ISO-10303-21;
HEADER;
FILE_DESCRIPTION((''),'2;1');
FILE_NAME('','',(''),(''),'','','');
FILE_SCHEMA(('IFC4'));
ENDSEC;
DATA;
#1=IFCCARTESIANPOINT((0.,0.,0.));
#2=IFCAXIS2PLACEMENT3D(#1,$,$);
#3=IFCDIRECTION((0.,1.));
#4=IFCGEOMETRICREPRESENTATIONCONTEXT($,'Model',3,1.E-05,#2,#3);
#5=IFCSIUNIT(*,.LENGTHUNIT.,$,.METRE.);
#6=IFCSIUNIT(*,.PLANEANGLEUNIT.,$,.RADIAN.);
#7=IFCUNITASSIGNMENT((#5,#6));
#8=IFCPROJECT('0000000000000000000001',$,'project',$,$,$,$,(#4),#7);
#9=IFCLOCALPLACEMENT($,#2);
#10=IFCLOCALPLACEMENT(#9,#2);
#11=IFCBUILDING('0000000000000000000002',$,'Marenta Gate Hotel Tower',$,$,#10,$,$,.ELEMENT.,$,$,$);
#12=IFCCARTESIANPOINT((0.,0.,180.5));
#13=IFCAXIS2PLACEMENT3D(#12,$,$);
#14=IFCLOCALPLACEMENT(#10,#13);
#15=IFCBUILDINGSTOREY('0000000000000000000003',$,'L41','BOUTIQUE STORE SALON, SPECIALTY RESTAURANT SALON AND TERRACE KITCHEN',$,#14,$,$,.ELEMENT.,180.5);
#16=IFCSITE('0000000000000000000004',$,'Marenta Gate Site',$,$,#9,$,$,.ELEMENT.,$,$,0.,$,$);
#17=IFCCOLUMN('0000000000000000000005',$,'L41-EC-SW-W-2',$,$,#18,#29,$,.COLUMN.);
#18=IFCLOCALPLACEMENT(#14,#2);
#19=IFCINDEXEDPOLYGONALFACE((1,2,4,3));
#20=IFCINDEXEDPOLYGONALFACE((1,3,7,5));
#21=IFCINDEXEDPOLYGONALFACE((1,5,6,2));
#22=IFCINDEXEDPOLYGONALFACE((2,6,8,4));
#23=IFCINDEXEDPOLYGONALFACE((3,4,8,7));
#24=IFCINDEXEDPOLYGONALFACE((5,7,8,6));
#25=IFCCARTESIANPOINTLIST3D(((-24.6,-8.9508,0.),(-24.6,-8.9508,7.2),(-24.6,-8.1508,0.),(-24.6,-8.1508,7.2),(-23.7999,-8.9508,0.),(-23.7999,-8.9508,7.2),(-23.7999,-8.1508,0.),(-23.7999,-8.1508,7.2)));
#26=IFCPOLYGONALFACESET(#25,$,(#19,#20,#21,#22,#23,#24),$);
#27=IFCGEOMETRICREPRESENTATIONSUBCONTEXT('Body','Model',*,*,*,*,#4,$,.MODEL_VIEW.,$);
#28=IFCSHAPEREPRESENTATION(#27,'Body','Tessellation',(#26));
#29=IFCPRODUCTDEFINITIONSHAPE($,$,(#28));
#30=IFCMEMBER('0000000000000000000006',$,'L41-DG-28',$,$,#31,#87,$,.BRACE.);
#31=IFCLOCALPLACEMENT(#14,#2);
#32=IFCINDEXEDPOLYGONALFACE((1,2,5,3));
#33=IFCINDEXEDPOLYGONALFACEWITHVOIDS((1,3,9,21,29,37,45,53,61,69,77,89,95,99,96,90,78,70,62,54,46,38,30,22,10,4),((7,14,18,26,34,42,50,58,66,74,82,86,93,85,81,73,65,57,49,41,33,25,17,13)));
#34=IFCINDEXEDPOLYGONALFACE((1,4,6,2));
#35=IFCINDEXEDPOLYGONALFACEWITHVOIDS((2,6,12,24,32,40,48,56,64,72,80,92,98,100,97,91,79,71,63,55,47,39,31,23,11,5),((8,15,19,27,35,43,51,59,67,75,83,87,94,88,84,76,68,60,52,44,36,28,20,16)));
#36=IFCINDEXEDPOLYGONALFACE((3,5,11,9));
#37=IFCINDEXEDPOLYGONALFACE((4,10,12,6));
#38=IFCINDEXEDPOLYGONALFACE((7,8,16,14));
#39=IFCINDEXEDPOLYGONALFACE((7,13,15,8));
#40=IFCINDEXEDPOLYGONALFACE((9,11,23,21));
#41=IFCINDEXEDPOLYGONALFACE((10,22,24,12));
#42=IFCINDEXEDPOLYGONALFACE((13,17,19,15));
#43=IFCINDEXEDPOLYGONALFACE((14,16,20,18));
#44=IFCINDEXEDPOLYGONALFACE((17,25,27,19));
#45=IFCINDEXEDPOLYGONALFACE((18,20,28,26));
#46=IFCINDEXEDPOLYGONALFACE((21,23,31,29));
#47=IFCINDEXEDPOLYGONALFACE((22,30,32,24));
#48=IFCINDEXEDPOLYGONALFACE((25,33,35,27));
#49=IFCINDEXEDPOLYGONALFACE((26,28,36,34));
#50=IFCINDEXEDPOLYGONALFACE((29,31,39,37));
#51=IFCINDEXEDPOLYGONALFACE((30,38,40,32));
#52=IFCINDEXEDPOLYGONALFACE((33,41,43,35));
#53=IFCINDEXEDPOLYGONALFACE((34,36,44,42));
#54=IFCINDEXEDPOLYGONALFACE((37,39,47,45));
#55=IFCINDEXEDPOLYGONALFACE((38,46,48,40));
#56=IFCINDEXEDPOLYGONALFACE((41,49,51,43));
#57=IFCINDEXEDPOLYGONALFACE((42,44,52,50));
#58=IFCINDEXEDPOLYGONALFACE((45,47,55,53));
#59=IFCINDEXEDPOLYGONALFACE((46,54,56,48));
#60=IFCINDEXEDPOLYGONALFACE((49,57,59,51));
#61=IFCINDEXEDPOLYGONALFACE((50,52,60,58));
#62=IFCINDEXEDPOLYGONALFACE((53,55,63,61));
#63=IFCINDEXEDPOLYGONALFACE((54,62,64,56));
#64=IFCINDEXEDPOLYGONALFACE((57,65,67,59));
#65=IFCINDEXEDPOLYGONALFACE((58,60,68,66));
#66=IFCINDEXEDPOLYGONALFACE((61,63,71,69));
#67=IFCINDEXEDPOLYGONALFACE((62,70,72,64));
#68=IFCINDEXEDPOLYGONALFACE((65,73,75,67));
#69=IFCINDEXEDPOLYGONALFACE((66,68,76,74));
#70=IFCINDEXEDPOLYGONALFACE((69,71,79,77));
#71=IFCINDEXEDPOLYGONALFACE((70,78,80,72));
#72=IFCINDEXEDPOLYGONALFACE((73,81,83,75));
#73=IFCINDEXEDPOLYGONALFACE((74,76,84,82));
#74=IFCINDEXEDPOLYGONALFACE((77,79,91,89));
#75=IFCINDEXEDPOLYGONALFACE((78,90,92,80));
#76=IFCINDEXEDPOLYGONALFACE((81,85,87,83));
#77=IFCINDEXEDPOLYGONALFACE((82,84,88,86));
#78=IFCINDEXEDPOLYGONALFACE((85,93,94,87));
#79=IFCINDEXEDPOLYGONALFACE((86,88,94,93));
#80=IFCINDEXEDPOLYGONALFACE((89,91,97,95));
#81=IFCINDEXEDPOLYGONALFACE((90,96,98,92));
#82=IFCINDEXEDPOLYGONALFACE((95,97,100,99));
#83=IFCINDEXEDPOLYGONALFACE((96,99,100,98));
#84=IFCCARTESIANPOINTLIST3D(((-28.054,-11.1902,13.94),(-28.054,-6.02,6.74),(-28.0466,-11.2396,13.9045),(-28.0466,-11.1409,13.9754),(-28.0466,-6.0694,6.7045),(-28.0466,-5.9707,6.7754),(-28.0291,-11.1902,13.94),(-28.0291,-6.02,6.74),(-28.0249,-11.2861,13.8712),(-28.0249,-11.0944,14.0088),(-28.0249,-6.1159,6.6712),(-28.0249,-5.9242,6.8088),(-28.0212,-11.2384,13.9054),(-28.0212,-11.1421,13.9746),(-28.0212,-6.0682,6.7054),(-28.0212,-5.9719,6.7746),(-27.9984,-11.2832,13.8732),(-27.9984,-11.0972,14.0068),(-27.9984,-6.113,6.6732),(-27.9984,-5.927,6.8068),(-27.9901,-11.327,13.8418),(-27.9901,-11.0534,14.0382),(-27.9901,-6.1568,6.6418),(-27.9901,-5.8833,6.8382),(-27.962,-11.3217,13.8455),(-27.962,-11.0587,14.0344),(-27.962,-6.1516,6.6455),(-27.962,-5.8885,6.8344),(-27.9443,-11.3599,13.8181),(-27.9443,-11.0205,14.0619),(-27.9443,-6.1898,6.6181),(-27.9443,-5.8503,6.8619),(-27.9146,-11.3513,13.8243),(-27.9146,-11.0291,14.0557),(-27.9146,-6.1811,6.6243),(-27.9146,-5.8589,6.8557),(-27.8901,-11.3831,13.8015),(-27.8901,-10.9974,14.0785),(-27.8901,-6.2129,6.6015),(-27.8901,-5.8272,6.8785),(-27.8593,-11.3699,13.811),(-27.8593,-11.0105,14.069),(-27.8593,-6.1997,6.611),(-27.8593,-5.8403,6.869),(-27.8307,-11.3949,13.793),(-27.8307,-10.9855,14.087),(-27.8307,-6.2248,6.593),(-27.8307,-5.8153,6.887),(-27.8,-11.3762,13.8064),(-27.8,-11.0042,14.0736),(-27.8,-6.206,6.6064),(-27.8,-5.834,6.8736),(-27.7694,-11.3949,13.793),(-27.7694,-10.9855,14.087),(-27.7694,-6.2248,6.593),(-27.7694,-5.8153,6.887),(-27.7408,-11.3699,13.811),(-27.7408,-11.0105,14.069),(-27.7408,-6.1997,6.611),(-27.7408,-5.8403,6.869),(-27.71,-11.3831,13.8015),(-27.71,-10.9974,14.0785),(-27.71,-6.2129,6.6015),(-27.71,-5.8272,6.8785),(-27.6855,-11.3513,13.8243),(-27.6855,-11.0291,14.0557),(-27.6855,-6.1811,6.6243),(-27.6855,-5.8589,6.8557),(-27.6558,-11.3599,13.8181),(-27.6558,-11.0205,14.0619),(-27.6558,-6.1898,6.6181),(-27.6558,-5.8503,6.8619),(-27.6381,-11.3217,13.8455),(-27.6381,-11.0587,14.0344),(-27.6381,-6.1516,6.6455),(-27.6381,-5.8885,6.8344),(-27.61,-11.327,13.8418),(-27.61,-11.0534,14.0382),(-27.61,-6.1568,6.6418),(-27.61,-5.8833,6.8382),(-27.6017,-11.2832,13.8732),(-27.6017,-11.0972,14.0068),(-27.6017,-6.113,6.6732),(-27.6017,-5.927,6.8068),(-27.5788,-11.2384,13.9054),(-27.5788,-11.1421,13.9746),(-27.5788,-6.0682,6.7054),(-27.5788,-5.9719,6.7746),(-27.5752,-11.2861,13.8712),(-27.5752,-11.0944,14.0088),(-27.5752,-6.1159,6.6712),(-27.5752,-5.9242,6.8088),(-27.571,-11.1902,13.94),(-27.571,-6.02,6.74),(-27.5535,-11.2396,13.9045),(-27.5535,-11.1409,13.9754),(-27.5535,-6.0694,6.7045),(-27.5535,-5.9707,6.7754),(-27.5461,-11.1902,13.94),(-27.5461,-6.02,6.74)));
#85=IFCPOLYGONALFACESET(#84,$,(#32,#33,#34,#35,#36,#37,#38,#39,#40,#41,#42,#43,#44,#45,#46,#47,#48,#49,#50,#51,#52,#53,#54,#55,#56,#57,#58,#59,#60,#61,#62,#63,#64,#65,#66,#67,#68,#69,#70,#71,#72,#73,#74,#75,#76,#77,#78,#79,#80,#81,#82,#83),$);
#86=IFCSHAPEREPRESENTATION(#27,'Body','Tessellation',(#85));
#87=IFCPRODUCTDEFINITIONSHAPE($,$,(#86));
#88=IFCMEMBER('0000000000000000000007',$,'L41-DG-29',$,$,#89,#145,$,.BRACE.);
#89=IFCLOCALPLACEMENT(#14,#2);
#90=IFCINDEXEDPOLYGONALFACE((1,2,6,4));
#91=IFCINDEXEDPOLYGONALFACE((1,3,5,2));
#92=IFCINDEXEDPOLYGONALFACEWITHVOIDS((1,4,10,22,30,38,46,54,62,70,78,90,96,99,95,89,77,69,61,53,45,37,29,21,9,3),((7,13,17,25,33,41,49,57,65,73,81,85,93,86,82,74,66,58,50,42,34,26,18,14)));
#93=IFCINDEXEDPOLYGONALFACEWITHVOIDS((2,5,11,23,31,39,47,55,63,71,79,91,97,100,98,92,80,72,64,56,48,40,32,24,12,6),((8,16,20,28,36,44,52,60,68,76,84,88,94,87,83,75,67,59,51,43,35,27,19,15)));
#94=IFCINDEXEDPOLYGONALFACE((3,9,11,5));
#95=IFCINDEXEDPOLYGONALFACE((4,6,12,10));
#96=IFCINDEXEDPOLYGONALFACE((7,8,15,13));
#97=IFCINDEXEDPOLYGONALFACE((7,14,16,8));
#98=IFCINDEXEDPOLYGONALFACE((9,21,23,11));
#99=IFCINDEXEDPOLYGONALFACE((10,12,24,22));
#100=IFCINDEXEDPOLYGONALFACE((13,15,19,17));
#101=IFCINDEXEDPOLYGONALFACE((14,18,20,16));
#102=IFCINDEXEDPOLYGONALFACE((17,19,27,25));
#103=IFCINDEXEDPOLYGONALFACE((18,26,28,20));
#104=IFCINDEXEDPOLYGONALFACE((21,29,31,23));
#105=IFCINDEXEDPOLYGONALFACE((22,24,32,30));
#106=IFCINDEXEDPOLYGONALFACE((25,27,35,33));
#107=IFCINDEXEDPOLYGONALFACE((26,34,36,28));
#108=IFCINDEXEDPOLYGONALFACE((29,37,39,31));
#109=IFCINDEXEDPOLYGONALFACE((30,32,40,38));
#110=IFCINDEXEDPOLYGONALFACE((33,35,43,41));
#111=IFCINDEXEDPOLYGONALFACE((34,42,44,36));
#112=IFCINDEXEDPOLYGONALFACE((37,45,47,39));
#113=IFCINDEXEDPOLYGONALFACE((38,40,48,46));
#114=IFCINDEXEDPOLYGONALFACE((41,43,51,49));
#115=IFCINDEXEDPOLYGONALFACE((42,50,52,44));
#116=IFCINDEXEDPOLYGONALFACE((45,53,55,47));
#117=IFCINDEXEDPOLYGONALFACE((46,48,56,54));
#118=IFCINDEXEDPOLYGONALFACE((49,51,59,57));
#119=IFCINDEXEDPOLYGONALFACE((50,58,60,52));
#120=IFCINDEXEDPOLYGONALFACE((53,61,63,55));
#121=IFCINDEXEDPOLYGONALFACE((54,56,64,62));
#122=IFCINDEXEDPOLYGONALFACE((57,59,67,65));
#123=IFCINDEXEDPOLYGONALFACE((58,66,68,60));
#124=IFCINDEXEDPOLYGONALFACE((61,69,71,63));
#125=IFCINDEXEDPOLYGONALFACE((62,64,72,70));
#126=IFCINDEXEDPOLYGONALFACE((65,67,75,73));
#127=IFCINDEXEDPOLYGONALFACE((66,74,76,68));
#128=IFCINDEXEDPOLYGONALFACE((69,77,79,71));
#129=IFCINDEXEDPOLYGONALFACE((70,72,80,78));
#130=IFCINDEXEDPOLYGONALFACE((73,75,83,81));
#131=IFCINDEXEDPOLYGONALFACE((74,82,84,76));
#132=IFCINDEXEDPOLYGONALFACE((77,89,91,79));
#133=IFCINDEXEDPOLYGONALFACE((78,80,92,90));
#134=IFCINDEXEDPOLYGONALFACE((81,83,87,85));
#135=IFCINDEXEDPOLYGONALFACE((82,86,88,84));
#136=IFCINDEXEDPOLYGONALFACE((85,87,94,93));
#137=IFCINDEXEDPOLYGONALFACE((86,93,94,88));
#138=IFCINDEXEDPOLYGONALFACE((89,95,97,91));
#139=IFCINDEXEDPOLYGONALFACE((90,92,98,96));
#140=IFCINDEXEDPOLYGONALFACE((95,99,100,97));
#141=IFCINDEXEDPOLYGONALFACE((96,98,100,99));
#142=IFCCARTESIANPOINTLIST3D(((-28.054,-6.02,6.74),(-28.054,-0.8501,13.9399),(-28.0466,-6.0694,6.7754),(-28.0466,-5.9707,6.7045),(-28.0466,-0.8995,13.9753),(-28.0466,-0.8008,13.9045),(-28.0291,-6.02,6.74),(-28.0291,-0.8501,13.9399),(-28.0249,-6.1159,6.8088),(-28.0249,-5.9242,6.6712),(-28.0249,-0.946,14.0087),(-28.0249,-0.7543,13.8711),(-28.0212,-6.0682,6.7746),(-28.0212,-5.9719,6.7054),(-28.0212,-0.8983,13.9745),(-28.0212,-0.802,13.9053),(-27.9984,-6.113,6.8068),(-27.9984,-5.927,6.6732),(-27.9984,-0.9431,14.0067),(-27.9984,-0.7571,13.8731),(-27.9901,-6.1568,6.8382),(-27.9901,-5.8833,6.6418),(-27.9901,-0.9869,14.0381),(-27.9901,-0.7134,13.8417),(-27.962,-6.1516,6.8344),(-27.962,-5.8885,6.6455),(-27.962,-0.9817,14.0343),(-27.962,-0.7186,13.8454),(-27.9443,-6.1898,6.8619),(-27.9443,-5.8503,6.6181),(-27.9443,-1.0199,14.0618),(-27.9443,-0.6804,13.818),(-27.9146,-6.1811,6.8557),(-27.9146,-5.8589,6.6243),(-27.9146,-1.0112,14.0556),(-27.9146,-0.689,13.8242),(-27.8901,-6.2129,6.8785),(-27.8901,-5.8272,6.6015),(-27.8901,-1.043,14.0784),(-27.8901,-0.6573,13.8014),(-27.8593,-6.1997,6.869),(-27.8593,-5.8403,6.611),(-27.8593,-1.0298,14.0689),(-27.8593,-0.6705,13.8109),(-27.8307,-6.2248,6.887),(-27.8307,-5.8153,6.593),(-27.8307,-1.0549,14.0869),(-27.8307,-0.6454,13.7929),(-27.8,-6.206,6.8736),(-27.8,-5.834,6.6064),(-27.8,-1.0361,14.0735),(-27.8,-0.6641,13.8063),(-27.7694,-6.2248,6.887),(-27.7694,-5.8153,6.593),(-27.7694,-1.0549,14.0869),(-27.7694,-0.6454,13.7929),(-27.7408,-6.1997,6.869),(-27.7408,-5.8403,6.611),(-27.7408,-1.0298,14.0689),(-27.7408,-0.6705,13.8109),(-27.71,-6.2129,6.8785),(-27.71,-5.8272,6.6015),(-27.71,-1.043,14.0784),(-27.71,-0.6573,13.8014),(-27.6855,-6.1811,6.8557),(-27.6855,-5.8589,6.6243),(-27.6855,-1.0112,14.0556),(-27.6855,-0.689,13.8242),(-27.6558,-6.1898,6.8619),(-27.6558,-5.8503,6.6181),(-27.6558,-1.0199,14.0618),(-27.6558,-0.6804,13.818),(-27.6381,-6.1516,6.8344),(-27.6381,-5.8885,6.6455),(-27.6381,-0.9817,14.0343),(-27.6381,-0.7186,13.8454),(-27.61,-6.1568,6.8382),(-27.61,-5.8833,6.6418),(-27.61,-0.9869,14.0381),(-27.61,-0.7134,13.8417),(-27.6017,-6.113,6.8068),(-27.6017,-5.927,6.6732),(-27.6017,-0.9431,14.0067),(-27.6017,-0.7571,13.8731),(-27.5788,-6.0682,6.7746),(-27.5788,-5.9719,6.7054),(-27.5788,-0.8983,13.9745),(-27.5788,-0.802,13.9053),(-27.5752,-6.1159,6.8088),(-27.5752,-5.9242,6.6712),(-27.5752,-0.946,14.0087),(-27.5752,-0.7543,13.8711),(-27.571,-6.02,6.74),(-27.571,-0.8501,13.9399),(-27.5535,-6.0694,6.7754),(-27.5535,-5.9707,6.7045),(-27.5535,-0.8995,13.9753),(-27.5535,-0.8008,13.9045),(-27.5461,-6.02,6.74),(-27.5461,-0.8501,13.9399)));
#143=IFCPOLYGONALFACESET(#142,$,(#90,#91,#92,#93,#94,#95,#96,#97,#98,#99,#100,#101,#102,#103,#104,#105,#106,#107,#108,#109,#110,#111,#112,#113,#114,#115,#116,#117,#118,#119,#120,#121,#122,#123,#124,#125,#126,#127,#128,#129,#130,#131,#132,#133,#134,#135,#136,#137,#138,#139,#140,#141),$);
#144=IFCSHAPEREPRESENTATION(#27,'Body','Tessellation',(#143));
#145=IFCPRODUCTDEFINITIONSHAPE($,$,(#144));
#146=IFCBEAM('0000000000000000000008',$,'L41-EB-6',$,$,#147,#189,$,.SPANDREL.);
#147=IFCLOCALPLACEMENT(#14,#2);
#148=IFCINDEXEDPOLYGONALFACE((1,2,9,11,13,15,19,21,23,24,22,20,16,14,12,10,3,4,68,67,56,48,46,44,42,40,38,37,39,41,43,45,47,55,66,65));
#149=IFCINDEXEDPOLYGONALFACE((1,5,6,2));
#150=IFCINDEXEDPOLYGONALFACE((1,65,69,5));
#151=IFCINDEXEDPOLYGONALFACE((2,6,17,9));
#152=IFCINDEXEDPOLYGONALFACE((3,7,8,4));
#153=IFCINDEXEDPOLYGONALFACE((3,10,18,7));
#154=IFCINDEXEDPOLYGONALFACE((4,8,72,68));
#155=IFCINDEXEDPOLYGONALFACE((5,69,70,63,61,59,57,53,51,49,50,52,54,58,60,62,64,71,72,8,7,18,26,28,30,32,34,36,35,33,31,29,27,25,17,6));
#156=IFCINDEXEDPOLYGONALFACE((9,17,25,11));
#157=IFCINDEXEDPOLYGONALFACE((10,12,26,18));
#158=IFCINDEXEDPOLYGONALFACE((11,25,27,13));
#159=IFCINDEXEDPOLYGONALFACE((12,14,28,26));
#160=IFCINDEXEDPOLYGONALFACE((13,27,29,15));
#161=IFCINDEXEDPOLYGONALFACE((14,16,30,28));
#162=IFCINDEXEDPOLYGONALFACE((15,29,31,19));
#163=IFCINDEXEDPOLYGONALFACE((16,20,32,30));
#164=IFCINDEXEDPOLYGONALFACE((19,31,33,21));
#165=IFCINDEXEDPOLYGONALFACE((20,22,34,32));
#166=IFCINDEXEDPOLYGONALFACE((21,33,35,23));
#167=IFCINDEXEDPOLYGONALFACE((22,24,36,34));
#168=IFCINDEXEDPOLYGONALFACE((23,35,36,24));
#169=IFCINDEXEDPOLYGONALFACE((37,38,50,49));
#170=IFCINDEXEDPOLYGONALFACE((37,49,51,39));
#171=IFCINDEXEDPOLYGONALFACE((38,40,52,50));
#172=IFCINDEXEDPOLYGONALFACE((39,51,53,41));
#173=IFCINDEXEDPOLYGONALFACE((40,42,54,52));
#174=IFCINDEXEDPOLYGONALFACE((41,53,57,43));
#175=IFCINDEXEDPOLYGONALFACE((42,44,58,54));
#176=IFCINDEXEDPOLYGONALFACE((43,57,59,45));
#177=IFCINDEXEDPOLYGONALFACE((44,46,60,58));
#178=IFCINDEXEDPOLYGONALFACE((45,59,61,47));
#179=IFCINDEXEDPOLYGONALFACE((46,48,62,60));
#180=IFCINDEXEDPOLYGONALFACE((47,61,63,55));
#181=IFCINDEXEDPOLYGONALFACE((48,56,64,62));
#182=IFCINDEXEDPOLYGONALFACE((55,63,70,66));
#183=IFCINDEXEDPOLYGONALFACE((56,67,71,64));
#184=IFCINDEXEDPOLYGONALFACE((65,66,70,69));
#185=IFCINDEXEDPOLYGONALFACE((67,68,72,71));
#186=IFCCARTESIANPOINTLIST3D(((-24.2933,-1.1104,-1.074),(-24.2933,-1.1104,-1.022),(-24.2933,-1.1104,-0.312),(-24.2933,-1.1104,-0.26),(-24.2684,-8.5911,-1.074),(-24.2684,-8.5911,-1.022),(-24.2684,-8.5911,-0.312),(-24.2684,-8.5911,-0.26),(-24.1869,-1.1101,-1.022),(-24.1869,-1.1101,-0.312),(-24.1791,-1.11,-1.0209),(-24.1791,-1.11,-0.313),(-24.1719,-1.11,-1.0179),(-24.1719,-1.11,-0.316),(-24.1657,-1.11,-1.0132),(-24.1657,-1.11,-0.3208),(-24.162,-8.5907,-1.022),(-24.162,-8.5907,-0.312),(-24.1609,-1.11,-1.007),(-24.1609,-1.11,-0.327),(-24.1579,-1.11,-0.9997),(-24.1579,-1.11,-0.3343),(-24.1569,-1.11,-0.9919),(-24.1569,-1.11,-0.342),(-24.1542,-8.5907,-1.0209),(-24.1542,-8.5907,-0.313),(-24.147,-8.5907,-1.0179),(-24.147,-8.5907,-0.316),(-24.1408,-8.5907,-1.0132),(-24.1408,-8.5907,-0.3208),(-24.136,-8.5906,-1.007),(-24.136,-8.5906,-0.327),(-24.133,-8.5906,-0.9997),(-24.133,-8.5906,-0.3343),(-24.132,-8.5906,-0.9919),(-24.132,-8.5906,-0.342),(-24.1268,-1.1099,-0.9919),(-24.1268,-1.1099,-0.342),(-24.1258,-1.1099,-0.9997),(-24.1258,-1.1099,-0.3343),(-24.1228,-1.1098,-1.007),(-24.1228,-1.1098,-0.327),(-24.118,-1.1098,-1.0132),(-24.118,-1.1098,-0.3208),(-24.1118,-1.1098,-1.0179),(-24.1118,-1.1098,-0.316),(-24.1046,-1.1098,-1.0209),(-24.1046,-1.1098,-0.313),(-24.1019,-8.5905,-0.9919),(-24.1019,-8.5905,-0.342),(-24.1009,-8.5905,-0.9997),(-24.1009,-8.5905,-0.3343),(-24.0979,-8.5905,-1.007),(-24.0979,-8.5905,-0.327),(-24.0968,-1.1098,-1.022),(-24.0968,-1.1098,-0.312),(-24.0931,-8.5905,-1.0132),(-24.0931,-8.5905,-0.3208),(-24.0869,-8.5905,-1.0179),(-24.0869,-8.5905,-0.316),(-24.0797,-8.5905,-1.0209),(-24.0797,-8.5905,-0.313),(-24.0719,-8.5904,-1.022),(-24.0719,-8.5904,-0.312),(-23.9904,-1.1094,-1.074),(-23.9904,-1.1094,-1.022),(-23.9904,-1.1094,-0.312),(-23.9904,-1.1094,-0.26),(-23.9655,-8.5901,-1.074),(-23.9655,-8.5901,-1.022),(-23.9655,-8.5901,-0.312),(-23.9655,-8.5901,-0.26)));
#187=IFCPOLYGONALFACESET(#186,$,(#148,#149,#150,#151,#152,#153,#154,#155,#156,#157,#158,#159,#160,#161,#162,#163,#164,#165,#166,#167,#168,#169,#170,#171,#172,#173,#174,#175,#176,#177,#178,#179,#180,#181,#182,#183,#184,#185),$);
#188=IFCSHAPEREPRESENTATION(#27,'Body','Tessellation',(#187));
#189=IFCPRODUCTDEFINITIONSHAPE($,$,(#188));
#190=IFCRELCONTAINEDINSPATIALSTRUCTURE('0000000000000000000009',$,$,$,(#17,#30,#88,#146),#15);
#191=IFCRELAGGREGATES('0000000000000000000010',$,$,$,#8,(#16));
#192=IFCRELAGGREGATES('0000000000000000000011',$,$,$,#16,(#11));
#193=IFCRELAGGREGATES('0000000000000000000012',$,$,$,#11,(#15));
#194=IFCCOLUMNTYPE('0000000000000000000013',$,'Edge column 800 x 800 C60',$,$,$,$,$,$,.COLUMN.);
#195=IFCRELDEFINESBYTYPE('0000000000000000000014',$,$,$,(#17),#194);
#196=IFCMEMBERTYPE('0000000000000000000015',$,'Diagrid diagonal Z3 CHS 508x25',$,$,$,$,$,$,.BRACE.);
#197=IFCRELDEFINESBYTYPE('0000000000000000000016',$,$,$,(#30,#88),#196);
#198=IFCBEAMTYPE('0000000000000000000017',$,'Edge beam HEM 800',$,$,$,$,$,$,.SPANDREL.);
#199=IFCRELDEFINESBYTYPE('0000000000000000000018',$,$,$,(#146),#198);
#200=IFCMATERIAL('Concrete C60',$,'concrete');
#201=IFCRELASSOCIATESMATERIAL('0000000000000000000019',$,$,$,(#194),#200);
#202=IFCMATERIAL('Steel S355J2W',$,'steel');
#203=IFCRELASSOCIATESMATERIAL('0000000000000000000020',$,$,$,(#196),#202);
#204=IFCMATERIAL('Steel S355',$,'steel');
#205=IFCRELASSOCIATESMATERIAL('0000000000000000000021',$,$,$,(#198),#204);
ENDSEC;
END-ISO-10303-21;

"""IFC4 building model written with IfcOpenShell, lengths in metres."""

from ifc_helpers import new_model, si_unit, direction, frame, origin, origin_2d, place, context, subcontext, project, spatial, rectangle, hollow_circle, i_section, extrude, material, material_profile, profile_set, type_object, element, save


model = new_model("IFC4")

# Units and contexts
model_context = context("Model", 3, precision=1e-05, world=origin(), true_north=direction((0.0, 1.0)))
body_context = subcontext(model_context, "Body", "Model", "MODEL_VIEW")
ifc_project = project(units=[si_unit("LENGTHUNIT", "METRE"), si_unit("PLANEANGLEUNIT", "RADIAN")], contexts=[model_context])

# Site, building, storey
site_placement = place(None, origin())
site = spatial("IfcSite", under=ifc_project, at=site_placement, Name="Marenta Gate Site", CompositionType="ELEMENT", RefElevation=0.0)
building_placement = place(site_placement, origin())
building = spatial("IfcBuilding", under=site, at=building_placement, Name="Marenta Gate Hotel Tower", CompositionType="ELEMENT")
storey_placement = place(building_placement, frame((0.0, 0.0, 180.5)))
storey = spatial("IfcBuildingStorey", under=building, at=storey_placement, Name="L41", Description="BOUTIQUE STORE SALON, SPECIALTY RESTAURANT SALON AND TERRACE KITCHEN", CompositionType="ELEMENT", Elevation=180.5)

# Column
ifc_material_1 = material(Name="Concrete C60", Category="concrete")
ifc_material_profile_1 = material_profile(ifc_material_1, rectangle(XDim=0.8, YDim=0.8, at=origin_2d()), Name="800 x 800")
ifc_profile_set_1 = profile_set([ifc_material_profile_1], Name="Concrete C60")
column_type = type_object("IfcColumnType", Name="Edge column 800 x 800 C60", PredefinedType="COLUMN", material=ifc_profile_set_1)
column_placement = place(storey_placement, frame((-24.2, -8.5508, 0.0), z_axis=(0.0, 0.0, 1.0), x_axis=(1.0, 0.0, 0.0)))
element("IfcColumn", 1, at=column_placement, inside=storey, type_object=column_type, Name="L41-EC-SW-W-2", PredefinedType="COLUMN", context=body_context, shape_type="SweptSolid", body=[
    extrude(rectangle(XDim=0.8, YDim=0.8, at=origin_2d()), origin(), (0.0, 0.0, 1.0), 7.2),
])

# Members
ifc_material_2 = material(Name="Steel S355J2W", Category="steel")
ifc_material_profile_2 = material_profile(ifc_material_2, hollow_circle(Radius=0.2539, WallThickness=0.0249, at=origin_2d()), Name="CHS 508x25")
ifc_profile_set_2 = profile_set([ifc_material_profile_2], Name="Steel S355J2W")
member_type_1 = type_object("IfcMemberType", Name="Diagrid diagonal Z3 CHS 508x25", PredefinedType="BRACE", material=ifc_profile_set_2)
member_1_placement = place(storey_placement, frame((-27.8, -6.02, 6.74), z_axis=(0.0, -0.583279, 0.812272), x_axis=(1.0, 0.0, 0.0)))
element("IfcMember", 2, at=member_1_placement, inside=storey, type_object=member_type_1, Name="L41-DG-28", PredefinedType="BRACE", context=body_context, shape_type="SweptSolid", body=[
    extrude(hollow_circle(Radius=0.2539, WallThickness=0.0249, at=origin_2d()), origin(), (0.0, 0.0, 1.0), 8.864),
])
member_2_placement = place(storey_placement, frame((-27.8, -6.02, 6.74), z_axis=(0.0, 0.583261, 0.812285), x_axis=(-1.0, 0.0, 0.0)))
element("IfcMember", 3, at=member_2_placement, inside=storey, type_object=member_type_1, Name="L41-DG-29", PredefinedType="BRACE", context=body_context, shape_type="SweptSolid", body=[
    extrude(hollow_circle(Radius=0.2539, WallThickness=0.0249, at=origin_2d()), origin(), (0.0, 0.0, 1.0), 8.8638),
])

# Beam
ifc_material_3 = material(Name="Steel S355", Category="steel")
ifc_material_profile_3 = material_profile(ifc_material_3, i_section(OverallWidth=0.303, OverallDepth=0.814, WebThickness=0.03, FlangeThickness=0.052, FilletRadius=0.03, at=origin_2d()), Name="HEM 800")
ifc_profile_set_3 = profile_set([ifc_material_profile_3], Name="Steel S355")
beam_type = type_object("IfcBeamType", Name="Edge beam HEM 800", PredefinedType="SPANDREL", material=ifc_profile_set_3)
beam_placement = place(storey_placement, frame((-24.1169, -8.5906, -0.667), z_axis=(-0.003329, 0.999994, 0.0), x_axis=(-0.999994, -0.003329, 0.0)))
element("IfcBeam", 4, at=beam_placement, inside=storey, type_object=beam_type, Name="L41-EB-6", PredefinedType="SPANDREL", context=body_context, shape_type="SweptSolid", body=[
    extrude(i_section(OverallWidth=0.303, OverallDepth=0.814, WebThickness=0.03, FlangeThickness=0.052, FilletRadius=0.03, at=origin_2d()), origin(), (0.0, 0.0, 1.0), 7.4807),
])

save(model, "model.ifc")
